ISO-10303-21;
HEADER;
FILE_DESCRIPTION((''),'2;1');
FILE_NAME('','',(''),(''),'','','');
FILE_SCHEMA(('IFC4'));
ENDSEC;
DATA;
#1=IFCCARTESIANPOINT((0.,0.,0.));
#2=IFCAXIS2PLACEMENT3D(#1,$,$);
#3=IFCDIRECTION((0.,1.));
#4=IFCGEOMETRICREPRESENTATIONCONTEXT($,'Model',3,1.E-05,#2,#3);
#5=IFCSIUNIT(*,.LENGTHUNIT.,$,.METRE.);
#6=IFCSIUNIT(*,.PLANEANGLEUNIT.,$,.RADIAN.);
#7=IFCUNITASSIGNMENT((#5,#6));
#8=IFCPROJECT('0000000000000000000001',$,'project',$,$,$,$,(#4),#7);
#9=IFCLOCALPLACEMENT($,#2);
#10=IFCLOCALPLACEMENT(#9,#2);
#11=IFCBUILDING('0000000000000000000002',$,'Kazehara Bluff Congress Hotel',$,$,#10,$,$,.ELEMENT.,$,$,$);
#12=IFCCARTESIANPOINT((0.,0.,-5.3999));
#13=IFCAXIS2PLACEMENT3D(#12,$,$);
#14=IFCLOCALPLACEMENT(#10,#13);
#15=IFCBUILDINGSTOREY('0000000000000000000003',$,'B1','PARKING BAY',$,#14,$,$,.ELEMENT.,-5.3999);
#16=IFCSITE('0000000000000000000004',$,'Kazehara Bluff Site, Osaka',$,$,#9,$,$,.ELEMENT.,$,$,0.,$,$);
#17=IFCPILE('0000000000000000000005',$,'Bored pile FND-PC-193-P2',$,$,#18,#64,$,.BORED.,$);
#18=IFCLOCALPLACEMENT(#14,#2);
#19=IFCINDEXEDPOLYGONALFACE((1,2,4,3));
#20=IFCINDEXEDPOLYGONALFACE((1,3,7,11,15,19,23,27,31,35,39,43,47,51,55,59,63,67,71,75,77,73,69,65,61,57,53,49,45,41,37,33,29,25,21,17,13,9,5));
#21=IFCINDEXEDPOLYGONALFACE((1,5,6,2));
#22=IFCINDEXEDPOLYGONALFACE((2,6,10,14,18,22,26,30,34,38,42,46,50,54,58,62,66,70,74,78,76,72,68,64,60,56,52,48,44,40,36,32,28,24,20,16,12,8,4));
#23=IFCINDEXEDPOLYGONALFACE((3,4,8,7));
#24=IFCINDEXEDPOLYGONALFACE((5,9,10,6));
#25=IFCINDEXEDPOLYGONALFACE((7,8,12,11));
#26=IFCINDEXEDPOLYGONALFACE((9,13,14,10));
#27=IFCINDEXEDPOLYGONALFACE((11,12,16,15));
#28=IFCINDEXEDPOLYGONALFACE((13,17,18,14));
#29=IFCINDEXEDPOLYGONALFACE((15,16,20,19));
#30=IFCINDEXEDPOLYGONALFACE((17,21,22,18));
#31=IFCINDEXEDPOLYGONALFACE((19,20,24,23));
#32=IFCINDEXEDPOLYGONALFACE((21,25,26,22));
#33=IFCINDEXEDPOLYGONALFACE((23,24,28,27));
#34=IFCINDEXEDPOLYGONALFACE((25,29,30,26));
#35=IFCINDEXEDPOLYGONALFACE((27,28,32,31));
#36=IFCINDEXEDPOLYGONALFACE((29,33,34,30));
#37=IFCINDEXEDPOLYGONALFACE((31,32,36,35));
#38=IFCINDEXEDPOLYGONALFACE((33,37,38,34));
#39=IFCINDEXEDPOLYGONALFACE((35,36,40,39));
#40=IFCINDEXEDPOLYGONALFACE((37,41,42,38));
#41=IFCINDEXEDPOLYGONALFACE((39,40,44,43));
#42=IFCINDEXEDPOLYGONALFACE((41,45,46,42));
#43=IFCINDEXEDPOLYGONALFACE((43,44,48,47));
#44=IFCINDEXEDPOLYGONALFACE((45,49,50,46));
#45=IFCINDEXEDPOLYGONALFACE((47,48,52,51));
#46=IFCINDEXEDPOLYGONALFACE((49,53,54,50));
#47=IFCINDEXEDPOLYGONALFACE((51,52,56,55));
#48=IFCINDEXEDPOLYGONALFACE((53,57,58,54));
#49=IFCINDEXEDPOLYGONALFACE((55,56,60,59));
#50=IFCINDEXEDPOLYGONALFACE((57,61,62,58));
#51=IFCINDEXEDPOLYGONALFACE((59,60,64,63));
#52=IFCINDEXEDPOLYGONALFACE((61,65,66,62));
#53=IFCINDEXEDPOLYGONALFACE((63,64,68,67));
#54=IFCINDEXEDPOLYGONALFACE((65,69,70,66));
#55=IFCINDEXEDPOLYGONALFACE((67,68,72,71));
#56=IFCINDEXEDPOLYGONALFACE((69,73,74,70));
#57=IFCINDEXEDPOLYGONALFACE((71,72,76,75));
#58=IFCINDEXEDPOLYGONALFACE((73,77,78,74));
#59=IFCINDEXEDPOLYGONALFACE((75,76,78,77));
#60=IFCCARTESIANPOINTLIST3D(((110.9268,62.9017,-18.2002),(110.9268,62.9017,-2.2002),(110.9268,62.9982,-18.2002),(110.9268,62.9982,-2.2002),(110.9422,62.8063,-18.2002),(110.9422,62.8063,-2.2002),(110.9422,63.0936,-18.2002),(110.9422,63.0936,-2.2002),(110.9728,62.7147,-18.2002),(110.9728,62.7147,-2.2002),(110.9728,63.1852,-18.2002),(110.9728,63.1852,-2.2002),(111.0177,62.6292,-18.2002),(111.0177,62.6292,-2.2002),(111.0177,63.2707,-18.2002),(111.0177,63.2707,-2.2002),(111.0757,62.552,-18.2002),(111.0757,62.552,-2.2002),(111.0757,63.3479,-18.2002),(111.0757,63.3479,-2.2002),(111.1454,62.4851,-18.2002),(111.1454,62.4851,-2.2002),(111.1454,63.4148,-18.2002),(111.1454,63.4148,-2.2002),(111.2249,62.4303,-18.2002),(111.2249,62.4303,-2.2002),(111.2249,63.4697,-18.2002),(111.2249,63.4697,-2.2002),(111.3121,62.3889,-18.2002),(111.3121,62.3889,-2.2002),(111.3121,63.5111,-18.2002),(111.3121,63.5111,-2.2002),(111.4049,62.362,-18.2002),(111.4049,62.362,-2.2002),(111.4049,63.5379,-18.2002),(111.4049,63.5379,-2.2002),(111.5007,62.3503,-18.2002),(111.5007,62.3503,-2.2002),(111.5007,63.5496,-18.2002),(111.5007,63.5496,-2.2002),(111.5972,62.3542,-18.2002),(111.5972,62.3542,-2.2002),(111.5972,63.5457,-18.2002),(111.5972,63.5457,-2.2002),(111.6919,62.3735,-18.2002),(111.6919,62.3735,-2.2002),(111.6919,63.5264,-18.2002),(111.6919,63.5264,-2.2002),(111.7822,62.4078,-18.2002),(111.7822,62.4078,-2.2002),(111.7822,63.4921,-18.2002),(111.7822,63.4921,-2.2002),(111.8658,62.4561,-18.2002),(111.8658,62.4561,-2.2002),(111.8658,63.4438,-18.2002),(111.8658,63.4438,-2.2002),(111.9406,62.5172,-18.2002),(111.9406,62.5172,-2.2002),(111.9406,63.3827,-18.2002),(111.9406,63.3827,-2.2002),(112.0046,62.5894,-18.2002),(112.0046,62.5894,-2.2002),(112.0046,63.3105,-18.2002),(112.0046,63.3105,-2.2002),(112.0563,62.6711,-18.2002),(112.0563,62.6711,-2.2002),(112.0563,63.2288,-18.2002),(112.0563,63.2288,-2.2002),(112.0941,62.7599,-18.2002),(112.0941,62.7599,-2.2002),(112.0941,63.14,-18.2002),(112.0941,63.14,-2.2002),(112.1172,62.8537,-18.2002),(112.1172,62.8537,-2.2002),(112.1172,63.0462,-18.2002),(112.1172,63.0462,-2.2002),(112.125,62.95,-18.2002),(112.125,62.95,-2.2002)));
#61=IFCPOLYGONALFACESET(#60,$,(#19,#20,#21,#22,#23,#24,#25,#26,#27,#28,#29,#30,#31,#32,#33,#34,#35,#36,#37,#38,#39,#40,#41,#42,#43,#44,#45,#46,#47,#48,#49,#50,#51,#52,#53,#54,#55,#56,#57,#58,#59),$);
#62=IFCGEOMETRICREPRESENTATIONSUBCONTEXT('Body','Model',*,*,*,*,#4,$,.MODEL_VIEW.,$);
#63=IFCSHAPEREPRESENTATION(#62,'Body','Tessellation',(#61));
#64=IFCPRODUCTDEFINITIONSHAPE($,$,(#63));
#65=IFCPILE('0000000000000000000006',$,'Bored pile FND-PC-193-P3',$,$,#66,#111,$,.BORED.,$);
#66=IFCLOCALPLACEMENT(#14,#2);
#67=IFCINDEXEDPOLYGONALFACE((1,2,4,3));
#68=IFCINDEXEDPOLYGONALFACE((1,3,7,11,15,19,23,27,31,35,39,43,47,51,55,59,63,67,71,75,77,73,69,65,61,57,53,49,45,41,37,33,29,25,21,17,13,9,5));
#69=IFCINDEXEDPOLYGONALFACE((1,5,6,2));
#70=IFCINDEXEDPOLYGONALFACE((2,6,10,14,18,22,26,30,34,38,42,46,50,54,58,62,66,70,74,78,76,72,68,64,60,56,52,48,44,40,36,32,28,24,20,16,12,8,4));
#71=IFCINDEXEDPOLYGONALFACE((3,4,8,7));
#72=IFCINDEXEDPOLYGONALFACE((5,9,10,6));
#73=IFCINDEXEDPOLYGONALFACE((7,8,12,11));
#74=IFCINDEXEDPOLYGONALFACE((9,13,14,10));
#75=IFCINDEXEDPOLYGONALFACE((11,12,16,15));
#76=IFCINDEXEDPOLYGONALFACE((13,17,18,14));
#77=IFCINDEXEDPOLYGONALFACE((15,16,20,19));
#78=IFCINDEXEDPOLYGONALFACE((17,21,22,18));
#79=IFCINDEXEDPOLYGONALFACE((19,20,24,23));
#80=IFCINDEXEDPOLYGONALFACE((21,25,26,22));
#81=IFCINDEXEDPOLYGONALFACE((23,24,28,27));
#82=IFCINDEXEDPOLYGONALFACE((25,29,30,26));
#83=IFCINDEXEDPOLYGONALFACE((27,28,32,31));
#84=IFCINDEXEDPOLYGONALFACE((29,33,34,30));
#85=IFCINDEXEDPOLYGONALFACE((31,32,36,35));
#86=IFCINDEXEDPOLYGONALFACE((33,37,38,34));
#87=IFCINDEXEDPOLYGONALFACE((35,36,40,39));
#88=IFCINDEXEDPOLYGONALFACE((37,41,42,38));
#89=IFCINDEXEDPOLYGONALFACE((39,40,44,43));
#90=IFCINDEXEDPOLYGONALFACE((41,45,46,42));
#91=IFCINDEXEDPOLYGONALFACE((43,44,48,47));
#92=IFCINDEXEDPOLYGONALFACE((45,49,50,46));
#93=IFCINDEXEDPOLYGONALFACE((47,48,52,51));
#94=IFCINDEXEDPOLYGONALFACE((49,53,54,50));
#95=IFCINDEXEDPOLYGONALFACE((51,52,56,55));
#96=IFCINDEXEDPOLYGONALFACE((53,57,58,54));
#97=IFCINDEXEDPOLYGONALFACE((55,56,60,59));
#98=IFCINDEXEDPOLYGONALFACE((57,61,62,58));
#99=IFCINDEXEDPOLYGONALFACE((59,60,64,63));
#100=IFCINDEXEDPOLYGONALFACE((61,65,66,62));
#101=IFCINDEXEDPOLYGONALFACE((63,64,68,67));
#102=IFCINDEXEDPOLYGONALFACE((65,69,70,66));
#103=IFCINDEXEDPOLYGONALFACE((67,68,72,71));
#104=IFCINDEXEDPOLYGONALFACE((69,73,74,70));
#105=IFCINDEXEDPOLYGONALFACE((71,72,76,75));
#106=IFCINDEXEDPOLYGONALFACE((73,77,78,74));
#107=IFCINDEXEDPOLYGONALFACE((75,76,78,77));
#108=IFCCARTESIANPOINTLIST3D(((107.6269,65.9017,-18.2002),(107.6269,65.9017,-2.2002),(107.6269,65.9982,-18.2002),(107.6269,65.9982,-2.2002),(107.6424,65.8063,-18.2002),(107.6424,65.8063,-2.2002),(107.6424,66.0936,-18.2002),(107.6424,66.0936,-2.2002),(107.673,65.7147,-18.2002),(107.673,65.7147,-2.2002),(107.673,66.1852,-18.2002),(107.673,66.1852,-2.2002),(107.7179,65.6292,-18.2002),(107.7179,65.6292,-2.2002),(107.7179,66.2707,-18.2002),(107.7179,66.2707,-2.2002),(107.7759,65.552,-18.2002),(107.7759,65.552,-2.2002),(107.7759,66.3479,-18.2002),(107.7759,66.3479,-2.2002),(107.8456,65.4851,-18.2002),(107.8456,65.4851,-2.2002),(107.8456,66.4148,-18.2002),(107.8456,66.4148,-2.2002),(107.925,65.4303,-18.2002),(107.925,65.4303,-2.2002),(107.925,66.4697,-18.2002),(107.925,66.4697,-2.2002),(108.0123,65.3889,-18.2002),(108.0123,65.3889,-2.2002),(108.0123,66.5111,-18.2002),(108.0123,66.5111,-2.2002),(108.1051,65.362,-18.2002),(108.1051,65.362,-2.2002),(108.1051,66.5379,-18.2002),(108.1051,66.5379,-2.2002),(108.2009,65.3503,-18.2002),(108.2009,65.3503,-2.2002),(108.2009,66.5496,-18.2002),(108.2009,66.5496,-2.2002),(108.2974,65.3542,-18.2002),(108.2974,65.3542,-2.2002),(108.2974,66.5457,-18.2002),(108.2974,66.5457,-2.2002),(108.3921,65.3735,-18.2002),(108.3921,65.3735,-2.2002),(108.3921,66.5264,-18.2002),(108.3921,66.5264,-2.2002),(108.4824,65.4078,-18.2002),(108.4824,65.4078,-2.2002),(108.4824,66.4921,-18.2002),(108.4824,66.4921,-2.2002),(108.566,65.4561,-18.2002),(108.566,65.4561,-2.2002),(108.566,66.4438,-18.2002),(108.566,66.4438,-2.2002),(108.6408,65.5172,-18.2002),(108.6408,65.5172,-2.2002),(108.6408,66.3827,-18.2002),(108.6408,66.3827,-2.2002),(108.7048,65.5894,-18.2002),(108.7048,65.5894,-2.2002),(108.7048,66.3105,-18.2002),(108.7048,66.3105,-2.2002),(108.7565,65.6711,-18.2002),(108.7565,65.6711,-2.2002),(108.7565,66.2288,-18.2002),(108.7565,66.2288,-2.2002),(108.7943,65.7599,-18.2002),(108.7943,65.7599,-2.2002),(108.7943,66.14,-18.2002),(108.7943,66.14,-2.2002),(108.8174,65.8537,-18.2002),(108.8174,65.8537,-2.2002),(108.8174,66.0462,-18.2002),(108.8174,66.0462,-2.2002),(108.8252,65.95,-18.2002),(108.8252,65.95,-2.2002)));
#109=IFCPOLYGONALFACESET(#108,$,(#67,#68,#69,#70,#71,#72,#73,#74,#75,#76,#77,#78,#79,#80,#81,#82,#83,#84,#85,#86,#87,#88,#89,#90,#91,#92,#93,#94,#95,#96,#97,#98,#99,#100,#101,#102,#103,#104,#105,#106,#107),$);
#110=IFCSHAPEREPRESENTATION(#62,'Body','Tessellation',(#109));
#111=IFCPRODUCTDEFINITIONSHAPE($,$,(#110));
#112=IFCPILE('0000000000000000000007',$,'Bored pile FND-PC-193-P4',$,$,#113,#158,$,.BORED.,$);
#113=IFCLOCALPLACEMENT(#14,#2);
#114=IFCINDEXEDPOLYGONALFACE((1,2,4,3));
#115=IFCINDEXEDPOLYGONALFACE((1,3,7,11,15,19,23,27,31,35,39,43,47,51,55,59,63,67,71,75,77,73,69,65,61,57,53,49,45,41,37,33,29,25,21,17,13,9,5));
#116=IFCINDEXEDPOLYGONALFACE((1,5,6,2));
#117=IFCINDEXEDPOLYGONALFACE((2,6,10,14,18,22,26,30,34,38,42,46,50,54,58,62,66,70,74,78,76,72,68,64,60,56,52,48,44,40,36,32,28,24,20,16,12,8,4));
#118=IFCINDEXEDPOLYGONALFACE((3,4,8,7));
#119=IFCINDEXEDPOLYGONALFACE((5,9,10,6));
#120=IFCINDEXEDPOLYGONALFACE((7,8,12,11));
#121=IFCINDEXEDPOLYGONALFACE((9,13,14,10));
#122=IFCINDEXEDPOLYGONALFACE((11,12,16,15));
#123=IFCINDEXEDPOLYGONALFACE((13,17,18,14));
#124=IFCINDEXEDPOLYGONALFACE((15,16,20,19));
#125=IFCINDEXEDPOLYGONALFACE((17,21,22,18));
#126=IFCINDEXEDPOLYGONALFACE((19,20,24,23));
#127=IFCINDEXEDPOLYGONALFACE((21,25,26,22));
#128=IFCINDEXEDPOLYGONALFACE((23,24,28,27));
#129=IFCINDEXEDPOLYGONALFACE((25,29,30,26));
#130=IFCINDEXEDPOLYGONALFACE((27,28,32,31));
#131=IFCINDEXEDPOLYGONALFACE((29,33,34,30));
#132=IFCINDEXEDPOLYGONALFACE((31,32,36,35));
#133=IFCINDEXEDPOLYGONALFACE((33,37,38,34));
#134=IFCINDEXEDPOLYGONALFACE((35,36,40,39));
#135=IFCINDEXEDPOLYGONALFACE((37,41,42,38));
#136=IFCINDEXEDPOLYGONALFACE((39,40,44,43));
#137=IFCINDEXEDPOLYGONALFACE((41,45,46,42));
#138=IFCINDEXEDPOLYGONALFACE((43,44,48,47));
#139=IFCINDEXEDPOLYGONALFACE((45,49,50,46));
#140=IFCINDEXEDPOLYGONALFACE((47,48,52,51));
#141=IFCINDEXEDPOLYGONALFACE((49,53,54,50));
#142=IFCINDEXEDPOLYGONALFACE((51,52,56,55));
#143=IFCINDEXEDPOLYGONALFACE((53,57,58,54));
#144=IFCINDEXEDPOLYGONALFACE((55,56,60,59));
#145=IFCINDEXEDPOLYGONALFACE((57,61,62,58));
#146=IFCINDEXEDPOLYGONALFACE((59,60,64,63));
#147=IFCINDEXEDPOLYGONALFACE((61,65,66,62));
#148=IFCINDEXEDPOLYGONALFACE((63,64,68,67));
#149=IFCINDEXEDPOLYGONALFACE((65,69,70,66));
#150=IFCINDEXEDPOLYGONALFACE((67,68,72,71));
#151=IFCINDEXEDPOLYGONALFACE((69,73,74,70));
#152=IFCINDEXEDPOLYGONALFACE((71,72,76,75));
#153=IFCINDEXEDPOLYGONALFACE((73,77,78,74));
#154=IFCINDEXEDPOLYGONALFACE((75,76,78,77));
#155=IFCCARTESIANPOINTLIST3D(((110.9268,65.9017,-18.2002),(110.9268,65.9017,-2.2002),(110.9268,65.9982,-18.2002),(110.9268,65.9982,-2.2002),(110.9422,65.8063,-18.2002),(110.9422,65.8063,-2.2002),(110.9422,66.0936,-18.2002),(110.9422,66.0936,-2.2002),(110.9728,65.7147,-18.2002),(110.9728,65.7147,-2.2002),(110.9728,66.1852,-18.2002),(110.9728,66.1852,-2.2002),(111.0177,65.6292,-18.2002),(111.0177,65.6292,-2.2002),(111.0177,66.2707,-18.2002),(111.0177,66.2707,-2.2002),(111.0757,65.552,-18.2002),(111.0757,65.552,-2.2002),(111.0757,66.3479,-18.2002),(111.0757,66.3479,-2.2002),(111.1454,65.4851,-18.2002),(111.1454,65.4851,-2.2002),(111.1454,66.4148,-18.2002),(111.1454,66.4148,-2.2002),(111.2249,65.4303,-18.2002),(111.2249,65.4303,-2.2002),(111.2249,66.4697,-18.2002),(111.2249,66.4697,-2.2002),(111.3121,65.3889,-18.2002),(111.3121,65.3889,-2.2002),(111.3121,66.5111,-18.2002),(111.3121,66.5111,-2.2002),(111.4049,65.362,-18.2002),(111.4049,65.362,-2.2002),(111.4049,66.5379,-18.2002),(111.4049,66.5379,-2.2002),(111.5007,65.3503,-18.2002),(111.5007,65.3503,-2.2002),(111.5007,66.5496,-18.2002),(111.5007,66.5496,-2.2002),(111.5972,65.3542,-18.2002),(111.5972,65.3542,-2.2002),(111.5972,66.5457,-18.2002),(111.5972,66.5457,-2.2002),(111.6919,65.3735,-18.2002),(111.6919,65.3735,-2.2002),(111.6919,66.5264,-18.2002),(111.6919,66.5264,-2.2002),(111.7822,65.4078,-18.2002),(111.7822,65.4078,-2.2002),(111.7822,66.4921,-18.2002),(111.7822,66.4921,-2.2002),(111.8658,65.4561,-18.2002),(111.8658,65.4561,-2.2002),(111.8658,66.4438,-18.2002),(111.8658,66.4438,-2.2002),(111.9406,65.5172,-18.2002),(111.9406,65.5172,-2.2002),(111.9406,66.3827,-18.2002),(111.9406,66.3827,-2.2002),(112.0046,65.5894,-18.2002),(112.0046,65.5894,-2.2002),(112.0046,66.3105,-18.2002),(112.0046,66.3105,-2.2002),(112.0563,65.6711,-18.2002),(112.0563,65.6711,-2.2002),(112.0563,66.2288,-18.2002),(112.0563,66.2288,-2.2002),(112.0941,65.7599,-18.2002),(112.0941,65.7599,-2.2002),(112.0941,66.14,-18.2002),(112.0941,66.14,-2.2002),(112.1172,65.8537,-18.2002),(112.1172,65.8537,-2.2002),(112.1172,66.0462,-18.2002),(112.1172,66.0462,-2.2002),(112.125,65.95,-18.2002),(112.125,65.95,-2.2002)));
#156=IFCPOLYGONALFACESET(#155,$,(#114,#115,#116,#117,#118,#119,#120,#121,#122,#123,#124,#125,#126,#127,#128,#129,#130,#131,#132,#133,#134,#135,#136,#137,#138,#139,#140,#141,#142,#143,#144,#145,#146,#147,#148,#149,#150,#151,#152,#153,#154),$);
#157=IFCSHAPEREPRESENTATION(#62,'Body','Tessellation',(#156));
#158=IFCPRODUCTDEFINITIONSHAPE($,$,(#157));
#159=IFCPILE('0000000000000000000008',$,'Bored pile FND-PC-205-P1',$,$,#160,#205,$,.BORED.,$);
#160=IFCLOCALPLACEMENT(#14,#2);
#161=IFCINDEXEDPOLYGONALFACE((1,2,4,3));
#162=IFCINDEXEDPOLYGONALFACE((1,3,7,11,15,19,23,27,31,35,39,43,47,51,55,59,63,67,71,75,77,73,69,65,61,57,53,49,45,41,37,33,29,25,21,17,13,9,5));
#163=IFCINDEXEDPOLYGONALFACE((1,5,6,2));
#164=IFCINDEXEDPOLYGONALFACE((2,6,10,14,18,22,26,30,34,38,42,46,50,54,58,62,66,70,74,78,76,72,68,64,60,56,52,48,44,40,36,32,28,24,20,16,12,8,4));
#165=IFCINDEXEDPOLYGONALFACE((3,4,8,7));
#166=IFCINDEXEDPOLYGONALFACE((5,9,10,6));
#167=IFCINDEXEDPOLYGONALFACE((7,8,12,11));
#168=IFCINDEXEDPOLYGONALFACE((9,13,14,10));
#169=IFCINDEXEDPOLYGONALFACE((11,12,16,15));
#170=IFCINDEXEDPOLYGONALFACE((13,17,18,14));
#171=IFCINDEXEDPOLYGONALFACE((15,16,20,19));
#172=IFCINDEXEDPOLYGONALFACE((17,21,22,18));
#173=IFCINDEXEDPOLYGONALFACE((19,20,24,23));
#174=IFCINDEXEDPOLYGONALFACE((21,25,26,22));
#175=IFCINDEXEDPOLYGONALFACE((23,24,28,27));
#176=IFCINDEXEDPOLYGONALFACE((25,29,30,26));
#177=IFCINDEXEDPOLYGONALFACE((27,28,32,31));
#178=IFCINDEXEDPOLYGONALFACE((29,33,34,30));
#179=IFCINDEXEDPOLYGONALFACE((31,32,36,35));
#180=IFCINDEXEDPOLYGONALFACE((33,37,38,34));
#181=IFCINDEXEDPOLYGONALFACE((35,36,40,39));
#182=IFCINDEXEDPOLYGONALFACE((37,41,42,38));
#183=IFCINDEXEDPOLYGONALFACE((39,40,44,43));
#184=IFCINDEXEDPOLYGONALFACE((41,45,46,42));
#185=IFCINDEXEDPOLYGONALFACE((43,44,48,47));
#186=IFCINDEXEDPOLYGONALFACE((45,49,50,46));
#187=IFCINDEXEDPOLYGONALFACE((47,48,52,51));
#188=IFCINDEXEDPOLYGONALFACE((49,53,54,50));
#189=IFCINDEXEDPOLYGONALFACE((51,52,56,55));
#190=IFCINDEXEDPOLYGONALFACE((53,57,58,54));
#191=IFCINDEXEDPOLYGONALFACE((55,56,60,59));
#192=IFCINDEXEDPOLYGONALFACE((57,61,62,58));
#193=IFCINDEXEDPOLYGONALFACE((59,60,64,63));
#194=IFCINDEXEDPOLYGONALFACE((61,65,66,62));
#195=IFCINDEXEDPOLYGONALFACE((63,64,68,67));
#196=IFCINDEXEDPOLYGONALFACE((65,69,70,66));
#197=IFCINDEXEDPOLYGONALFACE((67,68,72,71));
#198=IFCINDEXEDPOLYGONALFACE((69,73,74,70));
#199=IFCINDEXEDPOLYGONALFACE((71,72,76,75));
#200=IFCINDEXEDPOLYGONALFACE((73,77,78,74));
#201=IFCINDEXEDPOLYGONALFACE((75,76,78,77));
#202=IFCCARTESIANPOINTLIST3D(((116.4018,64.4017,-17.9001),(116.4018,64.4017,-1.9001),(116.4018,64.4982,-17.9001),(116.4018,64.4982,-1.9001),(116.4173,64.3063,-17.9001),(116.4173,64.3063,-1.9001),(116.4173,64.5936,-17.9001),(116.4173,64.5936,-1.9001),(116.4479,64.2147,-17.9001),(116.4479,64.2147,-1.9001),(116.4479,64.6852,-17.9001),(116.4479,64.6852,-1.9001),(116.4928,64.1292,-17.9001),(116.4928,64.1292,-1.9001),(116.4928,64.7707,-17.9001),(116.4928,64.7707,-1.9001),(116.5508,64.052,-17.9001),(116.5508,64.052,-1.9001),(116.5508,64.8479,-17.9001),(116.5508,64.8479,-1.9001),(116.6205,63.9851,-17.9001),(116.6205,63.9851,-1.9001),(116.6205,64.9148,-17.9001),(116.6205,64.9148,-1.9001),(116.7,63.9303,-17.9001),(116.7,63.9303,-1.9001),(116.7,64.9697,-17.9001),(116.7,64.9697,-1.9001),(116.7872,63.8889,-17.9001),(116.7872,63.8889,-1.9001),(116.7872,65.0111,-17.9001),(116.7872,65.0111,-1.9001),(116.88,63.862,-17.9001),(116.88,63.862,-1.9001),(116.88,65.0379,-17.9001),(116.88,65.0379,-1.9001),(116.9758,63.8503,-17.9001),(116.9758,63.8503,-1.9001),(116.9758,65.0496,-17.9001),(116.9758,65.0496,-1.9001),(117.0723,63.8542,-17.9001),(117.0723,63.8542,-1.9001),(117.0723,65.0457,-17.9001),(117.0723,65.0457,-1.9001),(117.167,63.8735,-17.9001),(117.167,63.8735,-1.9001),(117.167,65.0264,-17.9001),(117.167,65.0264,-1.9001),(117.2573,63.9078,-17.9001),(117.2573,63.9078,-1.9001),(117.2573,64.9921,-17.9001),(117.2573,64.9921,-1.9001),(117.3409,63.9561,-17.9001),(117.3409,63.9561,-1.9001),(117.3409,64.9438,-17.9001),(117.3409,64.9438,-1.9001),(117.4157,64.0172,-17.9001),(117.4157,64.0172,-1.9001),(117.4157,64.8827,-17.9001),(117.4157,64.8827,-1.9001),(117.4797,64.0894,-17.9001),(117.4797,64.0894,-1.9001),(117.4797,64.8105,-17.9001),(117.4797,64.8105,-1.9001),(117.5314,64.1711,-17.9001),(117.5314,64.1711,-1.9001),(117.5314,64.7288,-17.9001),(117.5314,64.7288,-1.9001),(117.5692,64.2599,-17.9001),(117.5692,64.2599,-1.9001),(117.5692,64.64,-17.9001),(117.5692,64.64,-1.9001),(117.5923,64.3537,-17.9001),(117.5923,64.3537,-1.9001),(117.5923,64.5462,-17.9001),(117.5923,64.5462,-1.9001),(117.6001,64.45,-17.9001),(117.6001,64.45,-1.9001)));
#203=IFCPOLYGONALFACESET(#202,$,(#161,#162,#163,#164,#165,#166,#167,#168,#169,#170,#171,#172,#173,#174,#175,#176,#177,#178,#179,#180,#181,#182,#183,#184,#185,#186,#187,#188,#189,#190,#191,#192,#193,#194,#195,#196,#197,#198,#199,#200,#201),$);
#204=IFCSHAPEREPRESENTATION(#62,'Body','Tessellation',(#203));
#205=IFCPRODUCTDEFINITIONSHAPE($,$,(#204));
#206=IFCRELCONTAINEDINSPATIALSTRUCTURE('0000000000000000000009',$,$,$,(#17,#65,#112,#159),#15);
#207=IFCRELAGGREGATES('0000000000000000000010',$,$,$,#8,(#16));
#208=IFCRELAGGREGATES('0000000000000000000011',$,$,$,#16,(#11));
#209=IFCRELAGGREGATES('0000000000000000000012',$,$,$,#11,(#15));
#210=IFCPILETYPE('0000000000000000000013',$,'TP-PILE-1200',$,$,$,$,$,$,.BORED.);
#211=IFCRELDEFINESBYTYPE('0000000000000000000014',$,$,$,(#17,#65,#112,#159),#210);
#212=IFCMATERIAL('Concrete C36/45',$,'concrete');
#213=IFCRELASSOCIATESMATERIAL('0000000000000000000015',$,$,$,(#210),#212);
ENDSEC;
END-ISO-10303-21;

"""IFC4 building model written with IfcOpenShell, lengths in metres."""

from ifc_helpers import new_model, si_unit, direction, frame, origin, origin_2d, place, context, subcontext, project, spatial, circle, extrude, material, material_profile, profile_set, type_object, element, save


model = new_model("IFC4")

# Units and contexts
model_context = context("Model", 3, precision=1e-05, world=origin(), true_north=direction((0.0, 1.0)))
body_context = subcontext(model_context, "Body", "Model", "MODEL_VIEW")
ifc_project = project(units=[si_unit("LENGTHUNIT", "METRE"), si_unit("PLANEANGLEUNIT", "RADIAN")], contexts=[model_context])

# Site, building, storey
site_placement = place(None, origin())
site = spatial("IfcSite", under=ifc_project, at=site_placement, Name="Kazehara Bluff Site, Osaka", CompositionType="ELEMENT", RefElevation=0.0)
building_placement = place(site_placement, origin())
building = spatial("IfcBuilding", under=site, at=building_placement, Name="Kazehara Bluff Congress Hotel", CompositionType="ELEMENT")
storey_placement = place(building_placement, frame((0.0, 0.0, -5.3999)))
storey = spatial("IfcBuildingStorey", under=building, at=storey_placement, Name="B1", Description="PARKING BAY", CompositionType="ELEMENT", Elevation=-5.3999)

# Piles
ifc_material_1 = material(Name="Concrete C36/45", Category="concrete")
ifc_material_profile_1 = material_profile(ifc_material_1, circle(Radius=0.6001, at=origin_2d()))
ifc_profile_set_1 = profile_set([ifc_material_profile_1], Name="Concrete C36/45")
pile_type_1 = type_object("IfcPileType", Name="TP-PILE-1200", PredefinedType="BORED", material=ifc_profile_set_1)
for number, where, z_axis, x_axis, name in (
    (1, (111.5249, 62.95, -2.2002), (0.0, 0.0, -1.0), (1.0, 0.0, 0.0), "Bored pile FND-PC-193-P2"),
    (2, (108.2251, 65.95, -2.2002), (0.0, 0.0, -1.0), (1.0, 0.0, 0.0), "Bored pile FND-PC-193-P3"),
    (3, (111.5249, 65.95, -2.2002), (0.0, 0.0, -1.0), (1.0, 0.0, 0.0), "Bored pile FND-PC-193-P4"),
    (4, (117.0, 64.45, -1.9001), (0.0, 0.0, -1.0), (1.0, 0.0, 0.0), "Bored pile FND-PC-205-P1"),
):
    element("IfcPile", number, at=place(storey_placement, frame(where, z_axis=z_axis, x_axis=x_axis)), inside=storey, type_object=pile_type_1, Name=name, PredefinedType="BORED", context=body_context, shape_type="SweptSolid", body=[
        extrude(circle(Radius=0.6001, at=origin_2d()), origin(), (0.0, 0.0, 1.0), 16.0),
    ])

save(model, "model.ifc")
